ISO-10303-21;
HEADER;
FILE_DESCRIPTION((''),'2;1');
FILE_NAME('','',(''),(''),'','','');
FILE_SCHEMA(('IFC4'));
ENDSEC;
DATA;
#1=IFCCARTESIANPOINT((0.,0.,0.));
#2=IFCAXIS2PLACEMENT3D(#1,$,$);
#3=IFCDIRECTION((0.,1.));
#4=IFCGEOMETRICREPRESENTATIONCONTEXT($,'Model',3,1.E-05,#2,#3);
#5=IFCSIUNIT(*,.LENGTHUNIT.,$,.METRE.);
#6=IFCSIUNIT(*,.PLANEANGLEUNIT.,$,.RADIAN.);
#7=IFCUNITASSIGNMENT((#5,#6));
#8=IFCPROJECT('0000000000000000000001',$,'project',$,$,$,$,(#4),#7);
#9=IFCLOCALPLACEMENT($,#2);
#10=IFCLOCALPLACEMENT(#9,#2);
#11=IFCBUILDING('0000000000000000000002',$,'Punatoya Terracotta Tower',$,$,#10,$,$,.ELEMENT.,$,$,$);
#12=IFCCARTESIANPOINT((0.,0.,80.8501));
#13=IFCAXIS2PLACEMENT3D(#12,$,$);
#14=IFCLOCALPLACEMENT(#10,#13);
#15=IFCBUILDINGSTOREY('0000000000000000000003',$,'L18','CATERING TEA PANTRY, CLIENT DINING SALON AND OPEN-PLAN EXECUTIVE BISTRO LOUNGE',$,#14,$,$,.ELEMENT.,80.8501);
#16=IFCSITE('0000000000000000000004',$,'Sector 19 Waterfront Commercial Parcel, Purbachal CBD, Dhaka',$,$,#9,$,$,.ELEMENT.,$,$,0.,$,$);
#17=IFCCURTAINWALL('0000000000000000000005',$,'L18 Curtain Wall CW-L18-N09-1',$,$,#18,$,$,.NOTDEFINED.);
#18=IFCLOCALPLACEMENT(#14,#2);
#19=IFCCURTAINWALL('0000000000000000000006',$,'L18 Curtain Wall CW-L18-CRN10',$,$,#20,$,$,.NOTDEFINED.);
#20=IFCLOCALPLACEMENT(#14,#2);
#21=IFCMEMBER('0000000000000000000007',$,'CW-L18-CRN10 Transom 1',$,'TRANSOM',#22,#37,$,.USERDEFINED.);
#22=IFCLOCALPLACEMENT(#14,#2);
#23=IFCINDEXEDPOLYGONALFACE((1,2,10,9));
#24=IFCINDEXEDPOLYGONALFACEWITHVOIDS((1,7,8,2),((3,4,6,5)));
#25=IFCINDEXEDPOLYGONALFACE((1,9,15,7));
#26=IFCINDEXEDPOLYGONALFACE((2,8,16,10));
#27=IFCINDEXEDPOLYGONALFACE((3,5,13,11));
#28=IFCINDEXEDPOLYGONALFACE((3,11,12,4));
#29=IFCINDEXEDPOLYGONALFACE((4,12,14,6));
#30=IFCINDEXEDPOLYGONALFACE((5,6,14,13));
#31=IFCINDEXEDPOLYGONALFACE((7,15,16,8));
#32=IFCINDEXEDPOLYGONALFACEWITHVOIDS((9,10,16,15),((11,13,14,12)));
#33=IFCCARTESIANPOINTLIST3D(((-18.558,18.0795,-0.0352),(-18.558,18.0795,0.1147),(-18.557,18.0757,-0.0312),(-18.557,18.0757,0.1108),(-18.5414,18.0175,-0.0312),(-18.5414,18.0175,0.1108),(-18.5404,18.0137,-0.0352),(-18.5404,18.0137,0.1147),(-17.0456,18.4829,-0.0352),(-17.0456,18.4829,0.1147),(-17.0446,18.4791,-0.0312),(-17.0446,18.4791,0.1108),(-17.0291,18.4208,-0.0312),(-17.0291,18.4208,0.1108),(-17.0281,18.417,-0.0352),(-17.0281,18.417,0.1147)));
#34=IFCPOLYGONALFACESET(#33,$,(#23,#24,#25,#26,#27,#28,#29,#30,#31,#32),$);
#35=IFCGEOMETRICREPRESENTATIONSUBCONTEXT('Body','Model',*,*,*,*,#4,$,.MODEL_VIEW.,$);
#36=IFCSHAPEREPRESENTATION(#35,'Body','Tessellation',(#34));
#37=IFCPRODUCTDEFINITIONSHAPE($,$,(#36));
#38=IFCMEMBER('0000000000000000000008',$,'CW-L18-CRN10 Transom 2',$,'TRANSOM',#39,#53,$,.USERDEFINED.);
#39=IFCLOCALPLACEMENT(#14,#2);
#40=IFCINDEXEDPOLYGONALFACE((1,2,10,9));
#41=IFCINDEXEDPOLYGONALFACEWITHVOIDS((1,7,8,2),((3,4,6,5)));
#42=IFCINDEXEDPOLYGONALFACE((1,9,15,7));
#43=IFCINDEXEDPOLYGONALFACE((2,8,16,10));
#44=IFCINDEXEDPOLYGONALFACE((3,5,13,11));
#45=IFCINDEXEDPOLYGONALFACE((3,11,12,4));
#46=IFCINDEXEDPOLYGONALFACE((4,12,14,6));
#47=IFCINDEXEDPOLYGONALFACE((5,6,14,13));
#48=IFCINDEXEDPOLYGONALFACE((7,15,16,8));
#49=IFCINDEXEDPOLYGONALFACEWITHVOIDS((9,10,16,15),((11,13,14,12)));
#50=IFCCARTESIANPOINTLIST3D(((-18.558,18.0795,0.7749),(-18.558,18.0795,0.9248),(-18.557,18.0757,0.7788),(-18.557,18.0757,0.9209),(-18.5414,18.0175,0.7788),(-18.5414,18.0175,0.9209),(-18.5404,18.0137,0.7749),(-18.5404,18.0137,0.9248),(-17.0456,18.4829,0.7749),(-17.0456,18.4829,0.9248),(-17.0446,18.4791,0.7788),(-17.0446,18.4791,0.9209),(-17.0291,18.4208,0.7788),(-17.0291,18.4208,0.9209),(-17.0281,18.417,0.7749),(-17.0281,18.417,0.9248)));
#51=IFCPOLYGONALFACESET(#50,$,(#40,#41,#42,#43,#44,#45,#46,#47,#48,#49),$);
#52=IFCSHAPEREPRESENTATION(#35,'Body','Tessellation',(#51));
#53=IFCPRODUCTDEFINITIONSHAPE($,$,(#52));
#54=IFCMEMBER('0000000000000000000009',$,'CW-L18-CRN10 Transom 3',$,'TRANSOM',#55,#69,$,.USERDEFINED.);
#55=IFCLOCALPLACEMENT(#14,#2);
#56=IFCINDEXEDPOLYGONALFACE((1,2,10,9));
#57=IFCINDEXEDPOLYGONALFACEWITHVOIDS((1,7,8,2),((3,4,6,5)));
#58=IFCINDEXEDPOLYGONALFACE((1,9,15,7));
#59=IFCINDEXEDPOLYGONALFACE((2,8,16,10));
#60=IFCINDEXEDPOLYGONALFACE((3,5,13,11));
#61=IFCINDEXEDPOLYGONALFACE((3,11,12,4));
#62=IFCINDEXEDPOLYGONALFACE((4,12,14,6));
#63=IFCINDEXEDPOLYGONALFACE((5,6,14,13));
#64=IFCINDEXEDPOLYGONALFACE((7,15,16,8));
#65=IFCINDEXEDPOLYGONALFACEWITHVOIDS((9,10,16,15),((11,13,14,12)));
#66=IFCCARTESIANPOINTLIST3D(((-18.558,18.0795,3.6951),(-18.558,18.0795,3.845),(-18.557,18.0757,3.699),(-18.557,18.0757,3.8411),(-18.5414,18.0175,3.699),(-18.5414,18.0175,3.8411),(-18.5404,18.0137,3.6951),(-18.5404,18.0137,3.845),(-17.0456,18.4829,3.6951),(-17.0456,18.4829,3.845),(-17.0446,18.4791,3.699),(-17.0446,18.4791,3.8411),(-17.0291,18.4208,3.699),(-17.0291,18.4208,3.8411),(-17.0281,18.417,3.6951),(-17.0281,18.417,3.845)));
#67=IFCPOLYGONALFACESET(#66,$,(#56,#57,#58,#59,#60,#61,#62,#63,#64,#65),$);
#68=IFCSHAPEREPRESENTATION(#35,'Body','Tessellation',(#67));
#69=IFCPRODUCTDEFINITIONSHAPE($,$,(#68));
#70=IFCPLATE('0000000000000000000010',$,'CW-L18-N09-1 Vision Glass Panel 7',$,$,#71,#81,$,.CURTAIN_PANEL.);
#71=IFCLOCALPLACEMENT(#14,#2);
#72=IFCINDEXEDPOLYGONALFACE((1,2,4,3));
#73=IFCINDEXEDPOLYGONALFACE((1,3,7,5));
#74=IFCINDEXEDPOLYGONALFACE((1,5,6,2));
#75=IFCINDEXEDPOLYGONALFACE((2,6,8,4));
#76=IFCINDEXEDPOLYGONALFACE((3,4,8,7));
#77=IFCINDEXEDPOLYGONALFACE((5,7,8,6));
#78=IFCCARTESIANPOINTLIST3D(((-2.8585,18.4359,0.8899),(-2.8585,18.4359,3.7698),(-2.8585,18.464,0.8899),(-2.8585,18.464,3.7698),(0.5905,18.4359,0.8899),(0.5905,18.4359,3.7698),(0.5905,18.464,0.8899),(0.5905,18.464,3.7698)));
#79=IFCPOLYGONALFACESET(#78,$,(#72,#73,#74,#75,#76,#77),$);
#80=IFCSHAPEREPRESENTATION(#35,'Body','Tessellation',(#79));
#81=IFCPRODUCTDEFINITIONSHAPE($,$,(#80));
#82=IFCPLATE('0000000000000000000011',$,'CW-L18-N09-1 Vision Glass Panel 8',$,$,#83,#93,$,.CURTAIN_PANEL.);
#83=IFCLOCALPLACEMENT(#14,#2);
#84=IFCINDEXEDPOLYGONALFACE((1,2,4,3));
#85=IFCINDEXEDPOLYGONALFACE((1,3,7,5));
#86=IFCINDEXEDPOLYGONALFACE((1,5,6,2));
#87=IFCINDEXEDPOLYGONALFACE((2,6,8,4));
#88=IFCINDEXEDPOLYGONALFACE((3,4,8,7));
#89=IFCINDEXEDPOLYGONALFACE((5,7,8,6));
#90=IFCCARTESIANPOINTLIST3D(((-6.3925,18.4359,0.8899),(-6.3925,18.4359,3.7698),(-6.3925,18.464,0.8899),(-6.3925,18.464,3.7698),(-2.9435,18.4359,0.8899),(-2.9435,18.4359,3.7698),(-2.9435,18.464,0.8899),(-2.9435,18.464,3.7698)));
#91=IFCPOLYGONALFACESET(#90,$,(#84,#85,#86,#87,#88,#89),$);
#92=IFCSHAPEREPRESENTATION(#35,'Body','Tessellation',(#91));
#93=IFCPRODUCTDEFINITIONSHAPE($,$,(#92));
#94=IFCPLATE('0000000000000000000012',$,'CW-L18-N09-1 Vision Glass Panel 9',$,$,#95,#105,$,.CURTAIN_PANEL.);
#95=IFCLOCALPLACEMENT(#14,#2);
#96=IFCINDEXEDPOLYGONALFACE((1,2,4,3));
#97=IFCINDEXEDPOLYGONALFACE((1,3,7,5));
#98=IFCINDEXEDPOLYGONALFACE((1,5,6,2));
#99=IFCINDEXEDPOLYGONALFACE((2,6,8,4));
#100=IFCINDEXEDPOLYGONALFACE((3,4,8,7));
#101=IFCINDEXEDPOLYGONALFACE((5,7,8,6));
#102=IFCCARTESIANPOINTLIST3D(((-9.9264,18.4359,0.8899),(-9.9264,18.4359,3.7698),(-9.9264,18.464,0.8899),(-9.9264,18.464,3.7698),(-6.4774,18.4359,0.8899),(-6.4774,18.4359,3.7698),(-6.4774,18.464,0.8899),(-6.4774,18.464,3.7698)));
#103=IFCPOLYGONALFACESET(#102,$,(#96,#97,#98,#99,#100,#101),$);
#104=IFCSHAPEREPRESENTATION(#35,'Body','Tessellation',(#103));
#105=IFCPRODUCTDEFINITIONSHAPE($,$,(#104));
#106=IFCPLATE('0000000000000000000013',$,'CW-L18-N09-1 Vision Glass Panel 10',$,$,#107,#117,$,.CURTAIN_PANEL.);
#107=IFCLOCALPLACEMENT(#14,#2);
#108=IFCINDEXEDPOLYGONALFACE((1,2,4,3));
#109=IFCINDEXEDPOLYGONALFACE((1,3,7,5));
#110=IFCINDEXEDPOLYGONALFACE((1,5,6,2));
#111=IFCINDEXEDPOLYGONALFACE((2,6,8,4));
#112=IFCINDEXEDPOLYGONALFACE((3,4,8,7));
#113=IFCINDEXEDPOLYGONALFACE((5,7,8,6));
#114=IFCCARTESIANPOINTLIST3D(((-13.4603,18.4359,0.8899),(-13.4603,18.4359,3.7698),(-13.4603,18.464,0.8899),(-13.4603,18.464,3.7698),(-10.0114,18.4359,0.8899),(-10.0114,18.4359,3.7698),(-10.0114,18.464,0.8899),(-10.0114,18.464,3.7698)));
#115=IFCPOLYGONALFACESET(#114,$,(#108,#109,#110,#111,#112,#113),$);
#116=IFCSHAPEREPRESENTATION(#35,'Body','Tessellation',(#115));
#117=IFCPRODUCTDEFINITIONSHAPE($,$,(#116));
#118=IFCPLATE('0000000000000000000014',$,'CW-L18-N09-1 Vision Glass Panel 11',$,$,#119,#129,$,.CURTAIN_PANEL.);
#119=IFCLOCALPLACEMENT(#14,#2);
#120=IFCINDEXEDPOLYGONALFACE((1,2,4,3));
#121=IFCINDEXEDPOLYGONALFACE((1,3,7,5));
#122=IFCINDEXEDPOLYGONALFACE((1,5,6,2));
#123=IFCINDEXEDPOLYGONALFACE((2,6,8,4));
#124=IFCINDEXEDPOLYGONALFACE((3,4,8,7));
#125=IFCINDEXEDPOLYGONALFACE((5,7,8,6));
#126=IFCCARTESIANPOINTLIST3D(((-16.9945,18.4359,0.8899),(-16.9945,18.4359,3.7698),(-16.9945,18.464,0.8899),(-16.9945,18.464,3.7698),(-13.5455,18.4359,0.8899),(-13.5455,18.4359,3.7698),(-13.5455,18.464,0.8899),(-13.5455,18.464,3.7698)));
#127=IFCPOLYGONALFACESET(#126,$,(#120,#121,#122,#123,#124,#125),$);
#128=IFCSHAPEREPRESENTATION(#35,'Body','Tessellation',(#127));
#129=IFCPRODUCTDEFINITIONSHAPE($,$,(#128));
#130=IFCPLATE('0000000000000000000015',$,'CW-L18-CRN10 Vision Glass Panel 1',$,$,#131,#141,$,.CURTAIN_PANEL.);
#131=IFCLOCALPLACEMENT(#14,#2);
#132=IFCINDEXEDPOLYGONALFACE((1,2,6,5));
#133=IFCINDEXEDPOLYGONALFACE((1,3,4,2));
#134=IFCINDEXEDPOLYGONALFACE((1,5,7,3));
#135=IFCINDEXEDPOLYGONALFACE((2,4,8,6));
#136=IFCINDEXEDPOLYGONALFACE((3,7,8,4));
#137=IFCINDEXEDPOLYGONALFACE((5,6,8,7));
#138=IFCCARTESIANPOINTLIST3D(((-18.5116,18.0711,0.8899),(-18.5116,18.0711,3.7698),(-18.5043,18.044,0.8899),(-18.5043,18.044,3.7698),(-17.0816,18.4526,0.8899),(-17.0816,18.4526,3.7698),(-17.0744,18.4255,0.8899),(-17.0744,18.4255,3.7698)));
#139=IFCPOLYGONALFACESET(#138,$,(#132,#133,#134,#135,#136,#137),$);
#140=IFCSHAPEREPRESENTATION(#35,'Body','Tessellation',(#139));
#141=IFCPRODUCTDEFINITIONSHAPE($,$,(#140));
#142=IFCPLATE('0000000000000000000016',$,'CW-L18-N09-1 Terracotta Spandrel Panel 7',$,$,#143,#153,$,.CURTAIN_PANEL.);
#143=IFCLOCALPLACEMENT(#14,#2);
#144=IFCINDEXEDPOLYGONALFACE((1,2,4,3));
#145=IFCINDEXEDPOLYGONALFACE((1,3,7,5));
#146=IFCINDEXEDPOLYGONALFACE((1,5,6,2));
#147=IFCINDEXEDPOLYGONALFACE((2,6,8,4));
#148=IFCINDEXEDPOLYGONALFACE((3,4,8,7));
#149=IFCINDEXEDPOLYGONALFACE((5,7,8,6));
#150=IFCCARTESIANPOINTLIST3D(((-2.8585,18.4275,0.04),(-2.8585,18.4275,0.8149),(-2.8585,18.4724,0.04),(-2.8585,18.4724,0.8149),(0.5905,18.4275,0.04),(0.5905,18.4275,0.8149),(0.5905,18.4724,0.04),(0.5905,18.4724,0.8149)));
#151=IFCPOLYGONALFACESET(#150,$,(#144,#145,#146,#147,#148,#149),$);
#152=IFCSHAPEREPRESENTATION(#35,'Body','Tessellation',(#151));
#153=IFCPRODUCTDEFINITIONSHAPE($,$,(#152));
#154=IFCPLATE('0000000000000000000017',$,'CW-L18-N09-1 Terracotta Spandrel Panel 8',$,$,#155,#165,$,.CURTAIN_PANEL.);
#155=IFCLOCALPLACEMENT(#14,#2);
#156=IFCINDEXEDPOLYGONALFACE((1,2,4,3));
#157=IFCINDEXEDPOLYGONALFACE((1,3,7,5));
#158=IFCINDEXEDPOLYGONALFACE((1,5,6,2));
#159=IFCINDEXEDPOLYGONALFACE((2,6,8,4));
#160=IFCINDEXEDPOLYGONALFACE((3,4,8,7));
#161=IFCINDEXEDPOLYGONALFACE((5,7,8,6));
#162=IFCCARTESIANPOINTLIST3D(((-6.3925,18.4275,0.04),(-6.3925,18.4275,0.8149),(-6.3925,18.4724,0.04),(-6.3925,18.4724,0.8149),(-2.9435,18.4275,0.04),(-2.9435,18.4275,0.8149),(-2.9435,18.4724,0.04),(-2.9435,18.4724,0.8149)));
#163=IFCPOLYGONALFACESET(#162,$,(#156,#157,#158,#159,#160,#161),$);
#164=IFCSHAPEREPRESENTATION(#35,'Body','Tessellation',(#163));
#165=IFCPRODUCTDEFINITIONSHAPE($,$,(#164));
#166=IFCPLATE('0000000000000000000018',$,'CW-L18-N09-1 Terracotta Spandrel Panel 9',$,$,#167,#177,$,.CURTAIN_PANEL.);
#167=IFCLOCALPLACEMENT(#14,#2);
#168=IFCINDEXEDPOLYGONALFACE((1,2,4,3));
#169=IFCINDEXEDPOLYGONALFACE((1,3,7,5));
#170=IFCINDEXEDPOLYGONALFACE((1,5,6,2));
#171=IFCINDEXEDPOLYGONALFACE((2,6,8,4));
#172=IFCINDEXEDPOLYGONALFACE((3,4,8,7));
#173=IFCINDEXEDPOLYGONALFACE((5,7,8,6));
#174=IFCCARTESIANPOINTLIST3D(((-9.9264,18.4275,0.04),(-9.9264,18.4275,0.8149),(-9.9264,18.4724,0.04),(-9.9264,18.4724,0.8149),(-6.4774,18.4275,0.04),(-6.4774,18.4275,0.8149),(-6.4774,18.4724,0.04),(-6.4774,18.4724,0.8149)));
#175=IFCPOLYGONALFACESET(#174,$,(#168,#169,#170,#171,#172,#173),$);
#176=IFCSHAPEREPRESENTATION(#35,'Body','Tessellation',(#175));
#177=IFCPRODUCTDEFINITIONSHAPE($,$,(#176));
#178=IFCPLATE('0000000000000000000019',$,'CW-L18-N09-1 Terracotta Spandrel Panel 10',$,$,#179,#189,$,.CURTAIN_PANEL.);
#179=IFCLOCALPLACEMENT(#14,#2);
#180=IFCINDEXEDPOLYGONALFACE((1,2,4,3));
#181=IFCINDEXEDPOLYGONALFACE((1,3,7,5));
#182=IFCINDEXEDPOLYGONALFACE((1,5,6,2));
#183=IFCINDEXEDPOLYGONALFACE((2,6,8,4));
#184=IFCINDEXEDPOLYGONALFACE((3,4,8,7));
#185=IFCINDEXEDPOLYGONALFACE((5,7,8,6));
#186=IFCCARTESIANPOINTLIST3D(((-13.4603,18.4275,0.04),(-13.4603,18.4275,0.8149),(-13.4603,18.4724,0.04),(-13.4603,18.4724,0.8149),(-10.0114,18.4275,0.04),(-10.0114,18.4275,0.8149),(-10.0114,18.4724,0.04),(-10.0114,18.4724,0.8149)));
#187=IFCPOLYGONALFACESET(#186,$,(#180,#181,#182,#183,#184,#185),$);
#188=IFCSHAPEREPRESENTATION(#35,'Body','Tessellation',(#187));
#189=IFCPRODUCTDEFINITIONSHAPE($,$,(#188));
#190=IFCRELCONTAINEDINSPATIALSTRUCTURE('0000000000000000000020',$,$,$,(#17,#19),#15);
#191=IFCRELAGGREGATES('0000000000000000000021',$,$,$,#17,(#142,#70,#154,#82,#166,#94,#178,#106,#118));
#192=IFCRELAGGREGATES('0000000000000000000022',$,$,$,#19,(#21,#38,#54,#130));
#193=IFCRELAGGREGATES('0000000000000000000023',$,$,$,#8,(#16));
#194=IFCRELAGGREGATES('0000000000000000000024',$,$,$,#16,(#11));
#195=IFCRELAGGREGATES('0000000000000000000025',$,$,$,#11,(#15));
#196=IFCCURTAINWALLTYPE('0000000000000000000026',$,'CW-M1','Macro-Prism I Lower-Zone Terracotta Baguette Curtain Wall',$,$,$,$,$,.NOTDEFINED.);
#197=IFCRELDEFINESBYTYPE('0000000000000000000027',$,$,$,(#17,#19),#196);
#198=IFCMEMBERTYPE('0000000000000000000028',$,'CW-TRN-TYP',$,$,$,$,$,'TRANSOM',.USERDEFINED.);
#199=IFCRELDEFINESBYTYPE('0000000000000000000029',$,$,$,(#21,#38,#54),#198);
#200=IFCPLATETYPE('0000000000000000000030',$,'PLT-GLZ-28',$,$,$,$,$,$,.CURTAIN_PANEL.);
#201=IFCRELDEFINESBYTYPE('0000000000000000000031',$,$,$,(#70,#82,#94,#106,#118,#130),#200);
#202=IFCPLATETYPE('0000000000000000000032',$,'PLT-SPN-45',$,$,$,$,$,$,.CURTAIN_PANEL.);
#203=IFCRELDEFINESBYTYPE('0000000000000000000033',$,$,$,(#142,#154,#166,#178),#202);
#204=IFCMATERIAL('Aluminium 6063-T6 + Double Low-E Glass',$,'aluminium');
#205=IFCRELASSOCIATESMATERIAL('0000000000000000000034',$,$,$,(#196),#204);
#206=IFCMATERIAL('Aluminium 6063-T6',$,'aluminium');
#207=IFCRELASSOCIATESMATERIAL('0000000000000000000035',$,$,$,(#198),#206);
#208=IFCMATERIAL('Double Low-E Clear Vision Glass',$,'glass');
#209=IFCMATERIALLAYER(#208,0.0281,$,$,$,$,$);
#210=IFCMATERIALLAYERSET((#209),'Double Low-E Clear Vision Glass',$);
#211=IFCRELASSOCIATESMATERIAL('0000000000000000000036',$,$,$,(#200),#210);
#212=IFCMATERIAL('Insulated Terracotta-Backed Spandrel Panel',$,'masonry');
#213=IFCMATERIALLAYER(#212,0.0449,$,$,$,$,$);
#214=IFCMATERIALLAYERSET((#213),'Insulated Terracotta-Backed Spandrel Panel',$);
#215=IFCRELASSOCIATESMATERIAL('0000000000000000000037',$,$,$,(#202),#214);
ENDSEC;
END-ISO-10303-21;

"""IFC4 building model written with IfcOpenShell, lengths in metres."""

from ifc_helpers import new_model, si_unit, direction, frame, origin, origin_2d, place, context, subcontext, project, spatial, rectangle, hollow_rectangle, extrude, material, layer, layer_set, material_profile, profile_set, type_object, element, aggregate, save


model = new_model("IFC4")

# Units and contexts
model_context = context("Model", 3, precision=1e-05, world=origin(), true_north=direction((0.0, 1.0)))
body_context = subcontext(model_context, "Body", "Model", "MODEL_VIEW")
ifc_project = project(units=[si_unit("LENGTHUNIT", "METRE"), si_unit("PLANEANGLEUNIT", "RADIAN")], contexts=[model_context])

# Site, building, storey
site_placement = place(None, origin())
site = spatial("IfcSite", under=ifc_project, at=site_placement, Name="Sector 19 Waterfront Commercial Parcel, Purbachal CBD, Dhaka", CompositionType="ELEMENT", RefElevation=0.0)
building_placement = place(site_placement, origin())
building = spatial("IfcBuilding", under=site, at=building_placement, Name="Punatoya Terracotta Tower", CompositionType="ELEMENT")
storey_placement = place(building_placement, frame((0.0, 0.0, 80.8501)))
storey = spatial("IfcBuildingStorey", under=building, at=storey_placement, Name="L18", Description="CATERING TEA PANTRY, CLIENT DINING SALON AND OPEN-PLAN EXECUTIVE BISTRO LOUNGE", CompositionType="ELEMENT", Elevation=80.8501)

# Curtain walls, members
ifc_material_1 = material(Name="Aluminium 6063-T6 + Double Low-E Glass", Category="aluminium")
curtain_wall_type = type_object("IfcCurtainWallType", Name="CW-M1", Description="Macro-Prism I Lower-Zone Terracotta Baguette Curtain Wall", PredefinedType="NOTDEFINED", material=ifc_material_1)
curtain_wall_1_placement = place(storey_placement, origin())
curtain_wall_1 = element("IfcCurtainWall", 1, at=curtain_wall_1_placement, inside=storey, type_object=curtain_wall_type, Name="L18 Curtain Wall CW-L18-N09-1", PredefinedType="NOTDEFINED")
ifc_material_2 = material(Name="Aluminium 6063-T6", Category="aluminium")
curtain_wall_2_placement = place(storey_placement, origin())
curtain_wall_2 = element("IfcCurtainWall", 2, at=curtain_wall_2_placement, inside=storey, type_object=curtain_wall_type, Name="L18 Curtain Wall CW-L18-CRN10", PredefinedType="NOTDEFINED")
ifc_material_profile_1 = material_profile(ifc_material_2, hollow_rectangle(XDim=0.0681, YDim=0.1499, WallThickness=0.0039, at=origin_2d()))
ifc_profile_set_1 = profile_set([ifc_material_profile_1], Name="Aluminium 6063-T6")
member_type_1 = type_object("IfcMemberType", Name="CW-TRN-TYP", ElementType="TRANSOM", PredefinedType="USERDEFINED", material=ifc_profile_set_1)
member_1_placement = place(storey_placement, frame((-17.0369, 18.45, 0.0398), z_axis=(-0.966225, -0.257701, 0.0), x_axis=(0.257701, -0.966225, 0.0)))
member_1 = element("IfcMember", 3, at=member_1_placement, type_object=member_type_1, Name="CW-L18-CRN10 Transom 1", ObjectType="TRANSOM", PredefinedType="USERDEFINED", context=body_context, shape_type="SweptSolid", body=[
    extrude(hollow_rectangle(XDim=0.0681, YDim=0.1499, WallThickness=0.0039, at=origin_2d()), origin(), (0.0, 0.0, 1.0), 1.5652),
])
member_2_placement = place(storey_placement, frame((-17.0369, 18.45, 0.8499), z_axis=(-0.966225, -0.257701, 0.0), x_axis=(0.257701, -0.966225, 0.0)))
member_2 = element("IfcMember", 4, at=member_2_placement, type_object=member_type_1, Name="CW-L18-CRN10 Transom 2", ObjectType="TRANSOM", PredefinedType="USERDEFINED", context=body_context, shape_type="SweptSolid", body=[
    extrude(hollow_rectangle(XDim=0.0681, YDim=0.1499, WallThickness=0.0039, at=origin_2d()), origin(), (0.0, 0.0, 1.0), 1.5652),
])
member_3_placement = place(storey_placement, frame((-17.0369, 18.45, 3.77), z_axis=(-0.966225, -0.257701, 0.0), x_axis=(0.257701, -0.966225, 0.0)))
member_3 = element("IfcMember", 5, at=member_3_placement, type_object=member_type_1, Name="CW-L18-CRN10 Transom 3", ObjectType="TRANSOM", PredefinedType="USERDEFINED", context=body_context, shape_type="SweptSolid", body=[
    extrude(hollow_rectangle(XDim=0.0681, YDim=0.1499, WallThickness=0.0039, at=origin_2d()), origin(), (0.0, 0.0, 1.0), 1.5652),
])

# Plates
ifc_material_3 = material(Name="Double Low-E Clear Vision Glass", Category="glass")
ifc_layer_1 = layer(ifc_material_3, 0.0281)
ifc_layer_set_1 = layer_set([ifc_layer_1], Name="Double Low-E Clear Vision Glass")
plate_type_1 = type_object("IfcPlateType", Name="PLT-GLZ-28", PredefinedType="CURTAIN_PANEL", material=ifc_layer_set_1)
plate_1_placement = place(storey_placement, frame((-1.134, 18.45, 0.8899), z_axis=(0.0, 0.0, 1.0), x_axis=(-1.0, 0.0, 0.0)))
plate_1 = element("IfcPlate", 6, at=plate_1_placement, type_object=plate_type_1, Name="CW-L18-N09-1 Vision Glass Panel 7", PredefinedType="CURTAIN_PANEL", context=body_context, shape_type="SweptSolid", body=[
    extrude(rectangle(XDim=3.449, YDim=0.0281, at=origin_2d()), origin(), (0.0, 0.0, 1.0), 2.8799),
])
plate_2_placement = place(storey_placement, frame((-4.668, 18.45, 0.8899), z_axis=(0.0, 0.0, 1.0), x_axis=(-1.0, 0.0, 0.0)))
plate_2 = element("IfcPlate", 7, at=plate_2_placement, type_object=plate_type_1, Name="CW-L18-N09-1 Vision Glass Panel 8", PredefinedType="CURTAIN_PANEL", context=body_context, shape_type="SweptSolid", body=[
    extrude(rectangle(XDim=3.449, YDim=0.0281, at=origin_2d()), origin(), (0.0, 0.0, 1.0), 2.8799),
])
plate_3_placement = place(storey_placement, frame((-8.2019, 18.45, 0.8899), z_axis=(0.0, 0.0, 1.0), x_axis=(-1.0, 0.0, 0.0)))
plate_3 = element("IfcPlate", 8, at=plate_3_placement, type_object=plate_type_1, Name="CW-L18-N09-1 Vision Glass Panel 9", PredefinedType="CURTAIN_PANEL", context=body_context, shape_type="SweptSolid", body=[
    extrude(rectangle(XDim=3.449, YDim=0.0281, at=origin_2d()), origin(), (0.0, 0.0, 1.0), 2.8799),
])
plate_4_placement = place(storey_placement, frame((-11.7358, 18.45, 0.8899), z_axis=(0.0, 0.0, 1.0), x_axis=(-1.0, 0.0, 0.0)))
plate_4 = element("IfcPlate", 9, at=plate_4_placement, type_object=plate_type_1, Name="CW-L18-N09-1 Vision Glass Panel 10", PredefinedType="CURTAIN_PANEL", context=body_context, shape_type="SweptSolid", body=[
    extrude(rectangle(XDim=3.449, YDim=0.0281, at=origin_2d()), origin(), (0.0, 0.0, 1.0), 2.8799),
])
plate_5_placement = place(storey_placement, frame((-15.27, 18.45, 0.8899), z_axis=(0.0, 0.0, 1.0), x_axis=(-1.0, 0.0, 0.0)))
plate_5 = element("IfcPlate", 10, at=plate_5_placement, type_object=plate_type_1, Name="CW-L18-N09-1 Vision Glass Panel 11", PredefinedType="CURTAIN_PANEL", context=body_context, shape_type="SweptSolid", body=[
    extrude(rectangle(XDim=3.449, YDim=0.0281, at=origin_2d()), origin(), (0.0, 0.0, 1.0), 2.8799),
])
plate_6_placement = place(storey_placement, frame((-17.793, 18.2483, 0.8899), z_axis=(0.0, 0.0, 1.0), x_axis=(-0.966214, -0.257742, 0.0)))
plate_6 = element("IfcPlate", 11, at=plate_6_placement, type_object=plate_type_1, Name="CW-L18-CRN10 Vision Glass Panel 1", PredefinedType="CURTAIN_PANEL", context=body_context, shape_type="SweptSolid", body=[
    extrude(rectangle(XDim=1.48, YDim=0.0281, at=origin_2d()), origin(), (0.0, 0.0, 1.0), 2.8799),
])
ifc_material_4 = material(Name="Insulated Terracotta-Backed Spandrel Panel", Category="masonry")
ifc_layer_2 = layer(ifc_material_4, 0.0449)
ifc_layer_set_2 = layer_set([ifc_layer_2], Name="Insulated Terracotta-Backed Spandrel Panel")
plate_type_2 = type_object("IfcPlateType", Name="PLT-SPN-45", PredefinedType="CURTAIN_PANEL", material=ifc_layer_set_2)
plate_7_placement = place(storey_placement, frame((-1.134, 18.45, 0.04), z_axis=(0.0, 0.0, 1.0), x_axis=(-1.0, 0.0, 0.0)))
plate_7 = element("IfcPlate", 12, at=plate_7_placement, type_object=plate_type_2, Name="CW-L18-N09-1 Terracotta Spandrel Panel 7", PredefinedType="CURTAIN_PANEL", context=body_context, shape_type="SweptSolid", body=[
    extrude(rectangle(XDim=3.449, YDim=0.0449, at=origin_2d()), origin(), (0.0, 0.0, 1.0), 0.7749),
])
plate_8_placement = place(storey_placement, frame((-4.668, 18.45, 0.04), z_axis=(0.0, 0.0, 1.0), x_axis=(-1.0, 0.0, 0.0)))
plate_8 = element("IfcPlate", 13, at=plate_8_placement, type_object=plate_type_2, Name="CW-L18-N09-1 Terracotta Spandrel Panel 8", PredefinedType="CURTAIN_PANEL", context=body_context, shape_type="SweptSolid", body=[
    extrude(rectangle(XDim=3.449, YDim=0.0449, at=origin_2d()), origin(), (0.0, 0.0, 1.0), 0.7749),
])
plate_9_placement = place(storey_placement, frame((-8.2019, 18.45, 0.04), z_axis=(0.0, 0.0, 1.0), x_axis=(-1.0, 0.0, 0.0)))
plate_9 = element("IfcPlate", 14, at=plate_9_placement, type_object=plate_type_2, Name="CW-L18-N09-1 Terracotta Spandrel Panel 9", PredefinedType="CURTAIN_PANEL", context=body_context, shape_type="SweptSolid", body=[
    extrude(rectangle(XDim=3.449, YDim=0.0449, at=origin_2d()), origin(), (0.0, 0.0, 1.0), 0.7749),
])
plate_10_placement = place(storey_placement, frame((-11.7358, 18.45, 0.04), z_axis=(0.0, 0.0, 1.0), x_axis=(-1.0, 0.0, 0.0)))
plate_10 = element("IfcPlate", 15, at=plate_10_placement, type_object=plate_type_2, Name="CW-L18-N09-1 Terracotta Spandrel Panel 10", PredefinedType="CURTAIN_PANEL", context=body_context, shape_type="SweptSolid", body=[
    extrude(rectangle(XDim=3.449, YDim=0.0449, at=origin_2d()), origin(), (0.0, 0.0, 1.0), 0.7749),
])
aggregate(curtain_wall_1, [plate_7, plate_1, plate_8, plate_2, plate_9, plate_3, plate_10, plate_4, plate_5])
aggregate(curtain_wall_2, [member_1, member_2, member_3, plate_6])

save(model, "model.ifc")
